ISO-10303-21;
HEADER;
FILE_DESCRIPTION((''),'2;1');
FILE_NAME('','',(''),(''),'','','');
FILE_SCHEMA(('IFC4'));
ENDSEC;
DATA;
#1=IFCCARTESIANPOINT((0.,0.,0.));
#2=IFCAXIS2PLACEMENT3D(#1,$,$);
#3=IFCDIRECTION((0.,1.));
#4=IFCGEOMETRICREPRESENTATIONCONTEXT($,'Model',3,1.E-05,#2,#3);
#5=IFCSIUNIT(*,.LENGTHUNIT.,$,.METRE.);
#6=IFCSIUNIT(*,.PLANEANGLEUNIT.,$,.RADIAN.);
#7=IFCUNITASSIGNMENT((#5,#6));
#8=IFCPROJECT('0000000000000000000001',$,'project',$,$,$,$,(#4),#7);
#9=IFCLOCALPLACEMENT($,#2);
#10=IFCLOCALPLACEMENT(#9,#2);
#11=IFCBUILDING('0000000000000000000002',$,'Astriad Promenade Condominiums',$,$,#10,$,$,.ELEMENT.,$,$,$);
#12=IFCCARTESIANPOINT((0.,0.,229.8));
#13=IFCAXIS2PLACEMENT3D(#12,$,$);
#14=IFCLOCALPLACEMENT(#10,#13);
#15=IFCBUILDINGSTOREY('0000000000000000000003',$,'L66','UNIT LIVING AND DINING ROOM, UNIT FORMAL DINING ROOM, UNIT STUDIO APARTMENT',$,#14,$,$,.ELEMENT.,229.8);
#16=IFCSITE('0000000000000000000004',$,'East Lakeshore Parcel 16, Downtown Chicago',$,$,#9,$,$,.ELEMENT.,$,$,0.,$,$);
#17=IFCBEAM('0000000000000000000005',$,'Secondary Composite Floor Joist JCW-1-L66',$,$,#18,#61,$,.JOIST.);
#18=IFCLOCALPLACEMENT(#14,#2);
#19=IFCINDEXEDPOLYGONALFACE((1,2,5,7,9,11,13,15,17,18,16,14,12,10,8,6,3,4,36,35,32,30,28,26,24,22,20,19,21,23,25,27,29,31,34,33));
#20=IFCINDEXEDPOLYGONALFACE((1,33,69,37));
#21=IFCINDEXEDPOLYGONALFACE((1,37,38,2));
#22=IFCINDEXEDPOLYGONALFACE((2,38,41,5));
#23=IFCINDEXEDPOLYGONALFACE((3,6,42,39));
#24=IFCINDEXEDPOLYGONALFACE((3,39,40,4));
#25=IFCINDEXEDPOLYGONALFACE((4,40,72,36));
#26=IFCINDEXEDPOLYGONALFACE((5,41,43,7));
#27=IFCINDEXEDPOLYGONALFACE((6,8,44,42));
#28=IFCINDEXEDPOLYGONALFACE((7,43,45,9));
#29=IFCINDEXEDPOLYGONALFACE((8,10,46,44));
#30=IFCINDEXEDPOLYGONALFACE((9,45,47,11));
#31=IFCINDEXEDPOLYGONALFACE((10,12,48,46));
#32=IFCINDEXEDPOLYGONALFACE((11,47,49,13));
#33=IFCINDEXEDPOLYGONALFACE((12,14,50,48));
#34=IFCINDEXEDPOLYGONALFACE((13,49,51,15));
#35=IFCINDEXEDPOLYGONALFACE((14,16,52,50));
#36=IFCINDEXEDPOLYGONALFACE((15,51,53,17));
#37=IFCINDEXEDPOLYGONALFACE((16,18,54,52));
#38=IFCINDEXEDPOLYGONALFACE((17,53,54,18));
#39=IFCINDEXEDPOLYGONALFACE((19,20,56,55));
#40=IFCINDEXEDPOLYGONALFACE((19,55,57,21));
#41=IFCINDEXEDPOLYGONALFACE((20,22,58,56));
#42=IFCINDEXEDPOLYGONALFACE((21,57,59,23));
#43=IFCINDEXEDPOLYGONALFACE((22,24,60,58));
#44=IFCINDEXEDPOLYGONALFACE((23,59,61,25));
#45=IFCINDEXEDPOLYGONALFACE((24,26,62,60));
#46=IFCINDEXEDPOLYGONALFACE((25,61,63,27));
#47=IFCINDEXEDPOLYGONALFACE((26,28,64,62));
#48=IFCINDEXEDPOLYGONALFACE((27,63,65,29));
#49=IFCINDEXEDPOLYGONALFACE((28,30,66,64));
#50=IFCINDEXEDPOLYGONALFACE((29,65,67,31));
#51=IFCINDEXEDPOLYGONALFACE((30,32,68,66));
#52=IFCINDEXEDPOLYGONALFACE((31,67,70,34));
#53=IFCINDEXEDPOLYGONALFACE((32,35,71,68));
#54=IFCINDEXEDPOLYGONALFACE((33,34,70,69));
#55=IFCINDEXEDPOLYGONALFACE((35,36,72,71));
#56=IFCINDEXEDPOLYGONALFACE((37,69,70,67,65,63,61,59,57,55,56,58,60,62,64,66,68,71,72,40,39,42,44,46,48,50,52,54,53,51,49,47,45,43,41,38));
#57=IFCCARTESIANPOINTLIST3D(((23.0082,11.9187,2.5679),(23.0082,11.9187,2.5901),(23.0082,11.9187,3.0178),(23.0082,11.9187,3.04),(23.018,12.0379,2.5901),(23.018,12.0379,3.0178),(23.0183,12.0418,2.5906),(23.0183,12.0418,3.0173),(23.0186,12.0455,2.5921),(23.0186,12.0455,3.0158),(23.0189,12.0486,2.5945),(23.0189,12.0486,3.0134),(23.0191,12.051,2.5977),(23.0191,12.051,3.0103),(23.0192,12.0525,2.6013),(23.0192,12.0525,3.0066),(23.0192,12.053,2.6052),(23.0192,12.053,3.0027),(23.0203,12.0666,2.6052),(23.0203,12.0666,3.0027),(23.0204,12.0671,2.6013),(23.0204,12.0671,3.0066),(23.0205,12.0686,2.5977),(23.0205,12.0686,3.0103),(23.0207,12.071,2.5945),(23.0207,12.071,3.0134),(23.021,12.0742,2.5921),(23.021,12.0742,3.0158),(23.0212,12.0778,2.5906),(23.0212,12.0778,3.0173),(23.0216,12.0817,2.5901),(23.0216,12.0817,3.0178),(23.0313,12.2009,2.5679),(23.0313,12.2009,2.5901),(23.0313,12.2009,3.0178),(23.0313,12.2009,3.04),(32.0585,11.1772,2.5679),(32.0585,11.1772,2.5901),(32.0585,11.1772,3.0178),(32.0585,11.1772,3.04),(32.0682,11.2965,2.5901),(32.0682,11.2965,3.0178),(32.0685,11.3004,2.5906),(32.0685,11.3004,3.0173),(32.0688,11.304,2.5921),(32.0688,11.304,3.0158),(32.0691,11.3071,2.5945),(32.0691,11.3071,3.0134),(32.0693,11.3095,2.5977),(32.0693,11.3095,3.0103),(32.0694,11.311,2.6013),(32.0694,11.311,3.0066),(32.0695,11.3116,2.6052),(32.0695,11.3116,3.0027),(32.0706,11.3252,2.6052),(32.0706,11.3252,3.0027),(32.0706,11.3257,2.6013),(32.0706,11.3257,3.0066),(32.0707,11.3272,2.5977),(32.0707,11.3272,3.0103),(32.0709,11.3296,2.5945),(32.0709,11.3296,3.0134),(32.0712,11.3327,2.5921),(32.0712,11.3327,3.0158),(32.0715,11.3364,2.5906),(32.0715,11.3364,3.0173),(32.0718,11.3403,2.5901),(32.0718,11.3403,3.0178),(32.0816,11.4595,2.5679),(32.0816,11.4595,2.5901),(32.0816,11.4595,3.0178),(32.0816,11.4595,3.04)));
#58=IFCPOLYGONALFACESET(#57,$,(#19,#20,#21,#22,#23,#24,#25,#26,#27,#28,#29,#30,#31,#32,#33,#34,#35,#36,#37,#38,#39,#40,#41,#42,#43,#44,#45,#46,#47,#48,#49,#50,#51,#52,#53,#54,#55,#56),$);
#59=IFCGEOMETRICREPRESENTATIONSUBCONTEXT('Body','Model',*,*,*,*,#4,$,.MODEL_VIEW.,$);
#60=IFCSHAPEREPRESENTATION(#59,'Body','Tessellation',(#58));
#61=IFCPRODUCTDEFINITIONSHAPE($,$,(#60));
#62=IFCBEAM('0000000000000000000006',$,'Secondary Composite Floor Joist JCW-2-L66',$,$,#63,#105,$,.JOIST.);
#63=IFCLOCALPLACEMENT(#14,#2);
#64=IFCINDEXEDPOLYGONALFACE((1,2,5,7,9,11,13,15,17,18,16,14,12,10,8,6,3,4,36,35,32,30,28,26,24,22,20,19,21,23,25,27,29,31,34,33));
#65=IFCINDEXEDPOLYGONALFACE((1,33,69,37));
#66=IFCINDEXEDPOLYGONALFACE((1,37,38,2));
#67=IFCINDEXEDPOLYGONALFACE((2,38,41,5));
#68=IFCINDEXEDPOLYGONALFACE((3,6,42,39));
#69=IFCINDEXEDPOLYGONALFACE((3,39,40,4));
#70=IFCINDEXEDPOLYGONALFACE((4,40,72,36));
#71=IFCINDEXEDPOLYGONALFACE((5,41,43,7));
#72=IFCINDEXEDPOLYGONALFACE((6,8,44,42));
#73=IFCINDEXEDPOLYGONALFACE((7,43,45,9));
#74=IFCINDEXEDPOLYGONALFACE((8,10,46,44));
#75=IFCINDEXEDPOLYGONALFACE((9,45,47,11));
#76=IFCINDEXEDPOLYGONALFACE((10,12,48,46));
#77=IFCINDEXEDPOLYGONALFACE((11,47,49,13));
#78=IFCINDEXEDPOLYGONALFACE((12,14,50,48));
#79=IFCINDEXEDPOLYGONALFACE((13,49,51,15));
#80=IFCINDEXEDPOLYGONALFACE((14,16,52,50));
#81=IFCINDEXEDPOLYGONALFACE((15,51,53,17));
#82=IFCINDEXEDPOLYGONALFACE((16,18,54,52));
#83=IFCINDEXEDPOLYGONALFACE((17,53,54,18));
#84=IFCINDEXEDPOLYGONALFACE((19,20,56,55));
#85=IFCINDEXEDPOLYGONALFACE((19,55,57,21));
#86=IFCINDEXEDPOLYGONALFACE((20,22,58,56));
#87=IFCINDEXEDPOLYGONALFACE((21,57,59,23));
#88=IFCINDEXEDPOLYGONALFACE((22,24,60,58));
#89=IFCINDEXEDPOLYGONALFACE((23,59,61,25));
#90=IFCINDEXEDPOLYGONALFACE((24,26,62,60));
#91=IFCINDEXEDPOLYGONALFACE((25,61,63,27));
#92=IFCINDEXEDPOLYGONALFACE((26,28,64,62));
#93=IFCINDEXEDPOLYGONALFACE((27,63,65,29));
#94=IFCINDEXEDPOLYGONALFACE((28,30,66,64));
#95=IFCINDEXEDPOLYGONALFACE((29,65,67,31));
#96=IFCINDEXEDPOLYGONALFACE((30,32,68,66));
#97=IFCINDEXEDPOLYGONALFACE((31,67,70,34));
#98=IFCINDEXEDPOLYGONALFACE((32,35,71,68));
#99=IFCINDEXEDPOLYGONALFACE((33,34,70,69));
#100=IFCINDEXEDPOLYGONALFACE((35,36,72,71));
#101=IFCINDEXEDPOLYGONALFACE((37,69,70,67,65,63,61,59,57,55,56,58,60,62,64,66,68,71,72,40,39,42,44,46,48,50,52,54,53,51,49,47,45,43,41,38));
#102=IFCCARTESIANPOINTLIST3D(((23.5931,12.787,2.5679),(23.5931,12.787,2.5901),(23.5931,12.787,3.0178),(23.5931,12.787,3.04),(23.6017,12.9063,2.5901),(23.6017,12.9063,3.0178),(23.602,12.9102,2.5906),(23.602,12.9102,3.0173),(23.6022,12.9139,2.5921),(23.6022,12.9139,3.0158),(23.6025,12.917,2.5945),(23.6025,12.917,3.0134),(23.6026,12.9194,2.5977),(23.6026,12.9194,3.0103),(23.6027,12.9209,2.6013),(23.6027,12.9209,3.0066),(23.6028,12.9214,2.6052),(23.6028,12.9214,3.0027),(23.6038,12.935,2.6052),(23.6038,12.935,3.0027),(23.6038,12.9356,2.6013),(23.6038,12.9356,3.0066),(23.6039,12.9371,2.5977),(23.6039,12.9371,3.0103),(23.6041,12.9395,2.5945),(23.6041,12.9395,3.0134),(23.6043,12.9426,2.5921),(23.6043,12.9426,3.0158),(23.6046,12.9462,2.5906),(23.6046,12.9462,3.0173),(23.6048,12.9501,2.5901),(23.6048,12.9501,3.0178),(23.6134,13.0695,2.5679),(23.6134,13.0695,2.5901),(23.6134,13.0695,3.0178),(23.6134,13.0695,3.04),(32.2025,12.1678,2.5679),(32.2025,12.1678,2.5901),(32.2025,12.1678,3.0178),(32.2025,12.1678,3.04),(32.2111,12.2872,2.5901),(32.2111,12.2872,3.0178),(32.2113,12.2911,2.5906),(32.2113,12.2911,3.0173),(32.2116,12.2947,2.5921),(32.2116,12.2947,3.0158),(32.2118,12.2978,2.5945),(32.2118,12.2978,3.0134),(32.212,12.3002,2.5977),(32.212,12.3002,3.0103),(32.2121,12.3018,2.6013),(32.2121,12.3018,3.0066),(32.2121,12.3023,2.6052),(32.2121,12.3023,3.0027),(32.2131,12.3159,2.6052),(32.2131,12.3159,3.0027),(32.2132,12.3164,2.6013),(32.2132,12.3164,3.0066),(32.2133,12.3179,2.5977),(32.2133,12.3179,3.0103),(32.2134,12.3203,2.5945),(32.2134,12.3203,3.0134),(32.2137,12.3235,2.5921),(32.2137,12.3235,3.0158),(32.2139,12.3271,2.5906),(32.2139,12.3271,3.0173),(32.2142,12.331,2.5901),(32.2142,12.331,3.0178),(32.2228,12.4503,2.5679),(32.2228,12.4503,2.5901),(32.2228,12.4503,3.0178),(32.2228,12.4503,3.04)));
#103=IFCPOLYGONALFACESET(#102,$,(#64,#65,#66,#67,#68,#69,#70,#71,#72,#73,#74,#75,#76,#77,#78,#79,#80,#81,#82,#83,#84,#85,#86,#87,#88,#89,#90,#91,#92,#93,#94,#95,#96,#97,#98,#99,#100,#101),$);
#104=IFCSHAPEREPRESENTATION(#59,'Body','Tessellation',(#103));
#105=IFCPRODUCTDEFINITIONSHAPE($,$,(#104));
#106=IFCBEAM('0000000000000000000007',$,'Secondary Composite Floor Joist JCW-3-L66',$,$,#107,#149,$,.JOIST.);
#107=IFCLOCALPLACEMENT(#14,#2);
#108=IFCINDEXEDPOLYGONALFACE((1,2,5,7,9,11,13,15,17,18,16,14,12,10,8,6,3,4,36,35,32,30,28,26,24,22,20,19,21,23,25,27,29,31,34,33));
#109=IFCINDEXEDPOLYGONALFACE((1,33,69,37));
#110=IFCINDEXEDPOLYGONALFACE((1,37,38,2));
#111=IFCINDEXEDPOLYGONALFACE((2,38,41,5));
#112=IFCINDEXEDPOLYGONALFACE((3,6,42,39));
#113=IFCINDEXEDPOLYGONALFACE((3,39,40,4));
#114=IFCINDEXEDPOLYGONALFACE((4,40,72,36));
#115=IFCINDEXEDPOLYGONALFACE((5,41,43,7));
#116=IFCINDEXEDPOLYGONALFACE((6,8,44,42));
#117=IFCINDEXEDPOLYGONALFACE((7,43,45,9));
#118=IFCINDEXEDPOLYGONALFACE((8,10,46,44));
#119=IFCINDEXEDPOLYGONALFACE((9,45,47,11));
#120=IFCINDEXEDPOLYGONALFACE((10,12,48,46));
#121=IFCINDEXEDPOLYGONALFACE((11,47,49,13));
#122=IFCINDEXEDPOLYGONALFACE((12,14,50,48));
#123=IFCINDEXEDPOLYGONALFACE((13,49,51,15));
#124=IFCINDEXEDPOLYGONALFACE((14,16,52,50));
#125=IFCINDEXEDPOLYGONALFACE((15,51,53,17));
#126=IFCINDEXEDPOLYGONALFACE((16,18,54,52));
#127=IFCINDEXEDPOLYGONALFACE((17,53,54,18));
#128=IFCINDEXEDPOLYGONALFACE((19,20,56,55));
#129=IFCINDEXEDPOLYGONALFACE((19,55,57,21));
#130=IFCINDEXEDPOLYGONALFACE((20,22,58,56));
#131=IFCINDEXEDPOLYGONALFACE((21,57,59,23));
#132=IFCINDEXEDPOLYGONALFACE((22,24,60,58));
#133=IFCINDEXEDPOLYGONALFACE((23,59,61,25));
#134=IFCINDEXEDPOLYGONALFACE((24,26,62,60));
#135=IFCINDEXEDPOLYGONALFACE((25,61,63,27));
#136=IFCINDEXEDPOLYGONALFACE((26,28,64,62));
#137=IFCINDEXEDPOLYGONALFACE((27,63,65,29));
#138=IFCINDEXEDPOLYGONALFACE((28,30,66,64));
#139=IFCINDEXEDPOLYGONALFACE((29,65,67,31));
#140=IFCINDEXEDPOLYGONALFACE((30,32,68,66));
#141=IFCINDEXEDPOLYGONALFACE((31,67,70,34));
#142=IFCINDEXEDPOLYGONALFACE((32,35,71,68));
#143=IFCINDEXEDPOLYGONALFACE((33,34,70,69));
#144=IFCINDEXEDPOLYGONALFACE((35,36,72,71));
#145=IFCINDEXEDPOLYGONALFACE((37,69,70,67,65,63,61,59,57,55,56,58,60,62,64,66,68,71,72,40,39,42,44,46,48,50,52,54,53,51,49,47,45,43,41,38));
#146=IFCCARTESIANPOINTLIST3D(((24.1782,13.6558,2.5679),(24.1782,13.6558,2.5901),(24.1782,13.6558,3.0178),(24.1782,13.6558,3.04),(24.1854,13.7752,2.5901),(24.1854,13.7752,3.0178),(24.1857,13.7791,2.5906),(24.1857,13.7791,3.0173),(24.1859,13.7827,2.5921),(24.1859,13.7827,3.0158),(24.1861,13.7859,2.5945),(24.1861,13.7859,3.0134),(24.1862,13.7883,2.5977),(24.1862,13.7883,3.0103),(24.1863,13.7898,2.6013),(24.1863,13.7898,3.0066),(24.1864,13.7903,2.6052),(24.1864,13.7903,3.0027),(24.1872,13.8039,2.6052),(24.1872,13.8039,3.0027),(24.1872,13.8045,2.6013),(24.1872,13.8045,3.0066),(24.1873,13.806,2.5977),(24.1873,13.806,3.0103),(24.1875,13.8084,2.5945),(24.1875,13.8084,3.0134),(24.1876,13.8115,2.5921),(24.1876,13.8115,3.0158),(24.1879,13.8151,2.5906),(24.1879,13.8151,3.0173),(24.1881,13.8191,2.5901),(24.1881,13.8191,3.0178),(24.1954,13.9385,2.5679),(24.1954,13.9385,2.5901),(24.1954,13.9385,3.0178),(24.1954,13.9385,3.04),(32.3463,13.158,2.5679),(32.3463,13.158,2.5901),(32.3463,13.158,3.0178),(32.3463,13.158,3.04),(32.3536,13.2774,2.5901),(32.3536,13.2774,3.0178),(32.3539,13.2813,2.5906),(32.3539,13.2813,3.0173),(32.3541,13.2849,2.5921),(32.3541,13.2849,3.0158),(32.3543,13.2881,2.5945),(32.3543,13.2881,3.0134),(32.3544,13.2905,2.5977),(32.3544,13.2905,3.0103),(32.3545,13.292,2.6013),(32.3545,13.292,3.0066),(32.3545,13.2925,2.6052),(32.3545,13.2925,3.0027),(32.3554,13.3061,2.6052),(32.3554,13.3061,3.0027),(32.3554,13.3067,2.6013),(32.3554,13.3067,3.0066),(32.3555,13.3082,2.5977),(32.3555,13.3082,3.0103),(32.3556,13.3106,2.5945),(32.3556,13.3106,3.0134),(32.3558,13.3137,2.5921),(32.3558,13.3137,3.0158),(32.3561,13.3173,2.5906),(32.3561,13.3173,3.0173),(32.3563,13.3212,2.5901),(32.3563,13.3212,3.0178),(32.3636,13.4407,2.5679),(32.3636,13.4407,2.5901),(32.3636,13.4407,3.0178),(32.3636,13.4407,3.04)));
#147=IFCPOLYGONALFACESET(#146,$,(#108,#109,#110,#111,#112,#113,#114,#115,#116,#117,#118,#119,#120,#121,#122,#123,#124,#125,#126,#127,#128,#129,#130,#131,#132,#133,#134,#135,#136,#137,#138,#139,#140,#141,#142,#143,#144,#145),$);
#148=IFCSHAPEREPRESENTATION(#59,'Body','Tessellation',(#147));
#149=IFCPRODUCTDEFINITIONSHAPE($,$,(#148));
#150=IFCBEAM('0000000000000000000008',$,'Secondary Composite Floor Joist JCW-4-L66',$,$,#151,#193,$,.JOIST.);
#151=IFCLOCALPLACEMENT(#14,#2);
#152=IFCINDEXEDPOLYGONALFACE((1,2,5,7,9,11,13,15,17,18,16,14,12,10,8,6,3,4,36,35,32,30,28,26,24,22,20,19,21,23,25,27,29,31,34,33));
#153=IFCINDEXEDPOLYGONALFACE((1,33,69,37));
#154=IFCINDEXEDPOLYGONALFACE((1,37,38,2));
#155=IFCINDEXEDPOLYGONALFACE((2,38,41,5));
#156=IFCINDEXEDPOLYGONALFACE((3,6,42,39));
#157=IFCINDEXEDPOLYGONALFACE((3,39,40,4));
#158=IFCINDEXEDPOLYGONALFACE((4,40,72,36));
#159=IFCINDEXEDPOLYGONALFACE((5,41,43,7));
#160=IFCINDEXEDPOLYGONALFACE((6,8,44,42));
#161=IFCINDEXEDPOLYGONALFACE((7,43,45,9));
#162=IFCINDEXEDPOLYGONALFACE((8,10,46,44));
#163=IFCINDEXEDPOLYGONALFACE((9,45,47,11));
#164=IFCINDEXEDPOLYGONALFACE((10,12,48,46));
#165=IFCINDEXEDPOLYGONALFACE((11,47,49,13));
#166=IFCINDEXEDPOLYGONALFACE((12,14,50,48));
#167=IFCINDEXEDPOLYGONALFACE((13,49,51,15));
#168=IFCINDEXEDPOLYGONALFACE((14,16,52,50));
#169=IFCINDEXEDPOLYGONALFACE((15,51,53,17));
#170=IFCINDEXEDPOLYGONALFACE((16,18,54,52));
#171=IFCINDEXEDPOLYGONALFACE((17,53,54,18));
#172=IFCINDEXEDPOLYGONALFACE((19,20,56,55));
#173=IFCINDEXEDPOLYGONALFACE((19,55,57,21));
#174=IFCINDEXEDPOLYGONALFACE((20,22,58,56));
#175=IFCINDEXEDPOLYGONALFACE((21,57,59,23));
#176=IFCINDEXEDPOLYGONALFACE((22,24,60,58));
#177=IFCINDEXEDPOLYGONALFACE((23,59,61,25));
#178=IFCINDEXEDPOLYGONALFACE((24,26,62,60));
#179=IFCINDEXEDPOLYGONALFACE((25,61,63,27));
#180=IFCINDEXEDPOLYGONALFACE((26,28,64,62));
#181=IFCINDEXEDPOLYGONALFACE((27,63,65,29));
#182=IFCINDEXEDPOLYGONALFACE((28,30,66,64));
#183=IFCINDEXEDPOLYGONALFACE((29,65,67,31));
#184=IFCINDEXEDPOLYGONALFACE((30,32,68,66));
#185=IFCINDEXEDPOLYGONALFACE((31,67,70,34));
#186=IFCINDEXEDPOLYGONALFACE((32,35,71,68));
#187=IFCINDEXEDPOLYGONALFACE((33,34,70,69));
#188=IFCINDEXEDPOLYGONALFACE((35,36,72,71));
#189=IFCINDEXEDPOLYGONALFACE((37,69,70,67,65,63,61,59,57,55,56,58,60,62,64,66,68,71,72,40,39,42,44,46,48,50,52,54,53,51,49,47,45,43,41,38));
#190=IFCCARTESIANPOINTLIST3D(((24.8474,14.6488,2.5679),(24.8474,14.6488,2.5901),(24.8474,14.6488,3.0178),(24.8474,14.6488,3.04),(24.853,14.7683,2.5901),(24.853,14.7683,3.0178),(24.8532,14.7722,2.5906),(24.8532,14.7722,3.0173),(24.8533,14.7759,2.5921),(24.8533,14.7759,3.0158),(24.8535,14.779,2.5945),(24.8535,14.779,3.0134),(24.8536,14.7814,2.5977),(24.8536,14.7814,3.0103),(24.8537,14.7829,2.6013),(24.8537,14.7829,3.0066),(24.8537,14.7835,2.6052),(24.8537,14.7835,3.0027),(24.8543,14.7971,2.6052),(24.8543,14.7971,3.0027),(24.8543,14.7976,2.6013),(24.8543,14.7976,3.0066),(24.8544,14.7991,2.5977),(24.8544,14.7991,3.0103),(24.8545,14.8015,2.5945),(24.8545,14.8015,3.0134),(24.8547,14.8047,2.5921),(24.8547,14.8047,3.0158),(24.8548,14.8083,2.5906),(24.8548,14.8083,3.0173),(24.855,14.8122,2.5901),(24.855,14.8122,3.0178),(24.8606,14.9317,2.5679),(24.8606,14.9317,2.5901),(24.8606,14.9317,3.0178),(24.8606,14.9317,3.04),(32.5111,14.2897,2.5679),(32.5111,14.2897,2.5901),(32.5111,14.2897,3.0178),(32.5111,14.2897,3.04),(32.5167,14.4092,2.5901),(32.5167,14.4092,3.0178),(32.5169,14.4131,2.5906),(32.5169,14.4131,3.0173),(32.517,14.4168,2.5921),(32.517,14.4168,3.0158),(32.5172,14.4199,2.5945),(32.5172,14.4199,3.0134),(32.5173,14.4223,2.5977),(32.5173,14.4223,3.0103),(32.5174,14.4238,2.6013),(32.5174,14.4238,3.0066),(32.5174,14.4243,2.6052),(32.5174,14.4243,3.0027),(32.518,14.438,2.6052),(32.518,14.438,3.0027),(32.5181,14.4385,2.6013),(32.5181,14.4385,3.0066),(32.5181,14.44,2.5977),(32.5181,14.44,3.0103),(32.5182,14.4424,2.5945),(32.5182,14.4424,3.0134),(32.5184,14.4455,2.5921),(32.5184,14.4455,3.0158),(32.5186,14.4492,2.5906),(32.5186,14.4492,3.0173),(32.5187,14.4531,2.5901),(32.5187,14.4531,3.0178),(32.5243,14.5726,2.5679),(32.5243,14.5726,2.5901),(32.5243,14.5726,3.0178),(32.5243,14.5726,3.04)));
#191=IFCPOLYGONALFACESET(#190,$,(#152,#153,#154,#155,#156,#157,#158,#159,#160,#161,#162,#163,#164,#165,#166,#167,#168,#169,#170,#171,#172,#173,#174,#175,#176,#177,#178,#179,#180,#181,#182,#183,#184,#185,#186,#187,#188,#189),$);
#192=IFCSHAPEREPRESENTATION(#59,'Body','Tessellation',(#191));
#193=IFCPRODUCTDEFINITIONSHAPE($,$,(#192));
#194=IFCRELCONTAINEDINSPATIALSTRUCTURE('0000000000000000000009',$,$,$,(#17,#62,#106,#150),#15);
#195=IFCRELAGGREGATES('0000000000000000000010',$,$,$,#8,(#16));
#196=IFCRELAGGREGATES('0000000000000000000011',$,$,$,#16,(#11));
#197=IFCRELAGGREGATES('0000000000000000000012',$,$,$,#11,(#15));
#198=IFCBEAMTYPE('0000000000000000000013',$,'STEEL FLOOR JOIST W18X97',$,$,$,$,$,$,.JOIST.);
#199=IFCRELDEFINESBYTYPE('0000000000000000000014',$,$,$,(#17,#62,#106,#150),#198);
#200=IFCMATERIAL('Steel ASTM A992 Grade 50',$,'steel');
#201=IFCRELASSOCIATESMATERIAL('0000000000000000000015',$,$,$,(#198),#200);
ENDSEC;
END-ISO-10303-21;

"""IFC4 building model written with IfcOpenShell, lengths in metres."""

from ifc_helpers import new_model, si_unit, direction, frame, origin, origin_2d, place, context, subcontext, project, spatial, i_section, extrude, source, transform, mapped, material, material_profile, profile_set, type_object, element, save


model = new_model("IFC4")

# Units and contexts
model_context = context("Model", 3, precision=1e-05, world=origin(), true_north=direction((0.0, 1.0)))
body_context = subcontext(model_context, "Body", "Model", "MODEL_VIEW")
ifc_project = project(units=[si_unit("LENGTHUNIT", "METRE"), si_unit("PLANEANGLEUNIT", "RADIAN")], contexts=[model_context])

# Site, building, storey
site_placement = place(None, origin())
site = spatial("IfcSite", under=ifc_project, at=site_placement, Name="East Lakeshore Parcel 16, Downtown Chicago", CompositionType="ELEMENT", RefElevation=0.0)
building_placement = place(site_placement, origin())
building = spatial("IfcBuilding", under=site, at=building_placement, Name="Astriad Promenade Condominiums", CompositionType="ELEMENT")
storey_placement = place(building_placement, frame((0.0, 0.0, 229.8)))
storey = spatial("IfcBuildingStorey", under=building, at=storey_placement, Name="L66", Description="UNIT LIVING AND DINING ROOM, UNIT FORMAL DINING ROOM, UNIT STUDIO APARTMENT", CompositionType="ELEMENT", Elevation=229.8)

# Beams
ifc_material_1 = material(Name="Steel ASTM A992 Grade 50", Category="steel")
ifc_material_profile_1 = material_profile(ifc_material_1, i_section(OverallWidth=0.2832, OverallDepth=0.4722, WebThickness=0.0137, FlangeThickness=0.0222, FilletRadius=0.0151, at=origin_2d()), Name="W18X97")
ifc_profile_set_1 = profile_set([ifc_material_profile_1], Name="Steel ASTM A992 Grade 50")
beam_type_1 = type_object("IfcBeamType", Name="STEEL FLOOR JOIST W18X97", PredefinedType="JOIST", material=ifc_profile_set_1)
shared_shape_1 = source(origin(), body_context, "Body", "SweptSolid", [
    extrude(i_section(OverallWidth=0.2832, OverallDepth=0.4722, WebThickness=0.0137, FlangeThickness=0.0222, FilletRadius=0.0151, at=origin_2d()), origin(), (0.0, 0.0, 1.0), 9.0806),
])
beam_1_placement = place(storey_placement, frame((23.0198, 12.0598, 2.804), z_axis=(0.996661, -0.081653, 0.0), x_axis=(0.081653, 0.996661, 0.0)))
element("IfcBeam", 1, at=beam_1_placement, inside=storey, type_object=beam_type_1, Name="Secondary Composite Floor Joist JCW-1-L66", PredefinedType="JOIST", context=body_context, shape_type="MappedRepresentation", body=[
    mapped(shared_shape_1, transform((0.0, 0.0, 0.0), scale=1.0)),
])
shared_shape_2 = source(origin(), body_context, "Body", "SweptSolid", [
    extrude(i_section(OverallWidth=0.2832, OverallDepth=0.4722, WebThickness=0.0137, FlangeThickness=0.0222, FilletRadius=0.0151, at=origin_2d()), origin(), (0.0, 0.0, 1.0), 8.6316),
])
beam_2_placement = place(storey_placement, frame((23.6033, 12.9282, 2.804), z_axis=(0.997424, -0.071729, 0.0), x_axis=(0.071729, 0.997424, 0.0)))
element("IfcBeam", 2, at=beam_2_placement, inside=storey, type_object=beam_type_1, Name="Secondary Composite Floor Joist JCW-2-L66", PredefinedType="JOIST", context=body_context, shape_type="MappedRepresentation", body=[
    mapped(shared_shape_2, transform((0.0, 0.0, 0.0), scale=1.0)),
])
shared_shape_3 = source(origin(), body_context, "Body", "SweptSolid", [
    extrude(i_section(OverallWidth=0.2832, OverallDepth=0.4722, WebThickness=0.0137, FlangeThickness=0.0222, FilletRadius=0.0151, at=origin_2d()), origin(), (0.0, 0.0, 1.0), 8.1833),
])
beam_3_placement = place(storey_placement, frame((24.1868, 13.7971, 2.804), z_axis=(0.998148, -0.060831, 0.0), x_axis=(0.060831, 0.998148, 0.0)))
element("IfcBeam", 3, at=beam_3_placement, inside=storey, type_object=beam_type_1, Name="Secondary Composite Floor Joist JCW-3-L66", PredefinedType="JOIST", context=body_context, shape_type="MappedRepresentation", body=[
    mapped(shared_shape_3, transform((0.0, 0.0, 0.0), scale=1.0)),
])
shared_shape_4 = source(origin(), body_context, "Body", "SweptSolid", [
    extrude(i_section(OverallWidth=0.2832, OverallDepth=0.4722, WebThickness=0.0137, FlangeThickness=0.0222, FilletRadius=0.0151, at=origin_2d()), origin(), (0.0, 0.0, 1.0), 7.6721),
])
beam_4_placement = place(storey_placement, frame((24.854, 14.7903, 2.804), z_axis=(0.998904, -0.046809, 0.0), x_axis=(0.046809, 0.998904, 0.0)))
element("IfcBeam", 4, at=beam_4_placement, inside=storey, type_object=beam_type_1, Name="Secondary Composite Floor Joist JCW-4-L66", PredefinedType="JOIST", context=body_context, shape_type="MappedRepresentation", body=[
    mapped(shared_shape_4, transform((0.0, 0.0, 0.0), scale=1.0)),
])

save(model, "model.ifc")
